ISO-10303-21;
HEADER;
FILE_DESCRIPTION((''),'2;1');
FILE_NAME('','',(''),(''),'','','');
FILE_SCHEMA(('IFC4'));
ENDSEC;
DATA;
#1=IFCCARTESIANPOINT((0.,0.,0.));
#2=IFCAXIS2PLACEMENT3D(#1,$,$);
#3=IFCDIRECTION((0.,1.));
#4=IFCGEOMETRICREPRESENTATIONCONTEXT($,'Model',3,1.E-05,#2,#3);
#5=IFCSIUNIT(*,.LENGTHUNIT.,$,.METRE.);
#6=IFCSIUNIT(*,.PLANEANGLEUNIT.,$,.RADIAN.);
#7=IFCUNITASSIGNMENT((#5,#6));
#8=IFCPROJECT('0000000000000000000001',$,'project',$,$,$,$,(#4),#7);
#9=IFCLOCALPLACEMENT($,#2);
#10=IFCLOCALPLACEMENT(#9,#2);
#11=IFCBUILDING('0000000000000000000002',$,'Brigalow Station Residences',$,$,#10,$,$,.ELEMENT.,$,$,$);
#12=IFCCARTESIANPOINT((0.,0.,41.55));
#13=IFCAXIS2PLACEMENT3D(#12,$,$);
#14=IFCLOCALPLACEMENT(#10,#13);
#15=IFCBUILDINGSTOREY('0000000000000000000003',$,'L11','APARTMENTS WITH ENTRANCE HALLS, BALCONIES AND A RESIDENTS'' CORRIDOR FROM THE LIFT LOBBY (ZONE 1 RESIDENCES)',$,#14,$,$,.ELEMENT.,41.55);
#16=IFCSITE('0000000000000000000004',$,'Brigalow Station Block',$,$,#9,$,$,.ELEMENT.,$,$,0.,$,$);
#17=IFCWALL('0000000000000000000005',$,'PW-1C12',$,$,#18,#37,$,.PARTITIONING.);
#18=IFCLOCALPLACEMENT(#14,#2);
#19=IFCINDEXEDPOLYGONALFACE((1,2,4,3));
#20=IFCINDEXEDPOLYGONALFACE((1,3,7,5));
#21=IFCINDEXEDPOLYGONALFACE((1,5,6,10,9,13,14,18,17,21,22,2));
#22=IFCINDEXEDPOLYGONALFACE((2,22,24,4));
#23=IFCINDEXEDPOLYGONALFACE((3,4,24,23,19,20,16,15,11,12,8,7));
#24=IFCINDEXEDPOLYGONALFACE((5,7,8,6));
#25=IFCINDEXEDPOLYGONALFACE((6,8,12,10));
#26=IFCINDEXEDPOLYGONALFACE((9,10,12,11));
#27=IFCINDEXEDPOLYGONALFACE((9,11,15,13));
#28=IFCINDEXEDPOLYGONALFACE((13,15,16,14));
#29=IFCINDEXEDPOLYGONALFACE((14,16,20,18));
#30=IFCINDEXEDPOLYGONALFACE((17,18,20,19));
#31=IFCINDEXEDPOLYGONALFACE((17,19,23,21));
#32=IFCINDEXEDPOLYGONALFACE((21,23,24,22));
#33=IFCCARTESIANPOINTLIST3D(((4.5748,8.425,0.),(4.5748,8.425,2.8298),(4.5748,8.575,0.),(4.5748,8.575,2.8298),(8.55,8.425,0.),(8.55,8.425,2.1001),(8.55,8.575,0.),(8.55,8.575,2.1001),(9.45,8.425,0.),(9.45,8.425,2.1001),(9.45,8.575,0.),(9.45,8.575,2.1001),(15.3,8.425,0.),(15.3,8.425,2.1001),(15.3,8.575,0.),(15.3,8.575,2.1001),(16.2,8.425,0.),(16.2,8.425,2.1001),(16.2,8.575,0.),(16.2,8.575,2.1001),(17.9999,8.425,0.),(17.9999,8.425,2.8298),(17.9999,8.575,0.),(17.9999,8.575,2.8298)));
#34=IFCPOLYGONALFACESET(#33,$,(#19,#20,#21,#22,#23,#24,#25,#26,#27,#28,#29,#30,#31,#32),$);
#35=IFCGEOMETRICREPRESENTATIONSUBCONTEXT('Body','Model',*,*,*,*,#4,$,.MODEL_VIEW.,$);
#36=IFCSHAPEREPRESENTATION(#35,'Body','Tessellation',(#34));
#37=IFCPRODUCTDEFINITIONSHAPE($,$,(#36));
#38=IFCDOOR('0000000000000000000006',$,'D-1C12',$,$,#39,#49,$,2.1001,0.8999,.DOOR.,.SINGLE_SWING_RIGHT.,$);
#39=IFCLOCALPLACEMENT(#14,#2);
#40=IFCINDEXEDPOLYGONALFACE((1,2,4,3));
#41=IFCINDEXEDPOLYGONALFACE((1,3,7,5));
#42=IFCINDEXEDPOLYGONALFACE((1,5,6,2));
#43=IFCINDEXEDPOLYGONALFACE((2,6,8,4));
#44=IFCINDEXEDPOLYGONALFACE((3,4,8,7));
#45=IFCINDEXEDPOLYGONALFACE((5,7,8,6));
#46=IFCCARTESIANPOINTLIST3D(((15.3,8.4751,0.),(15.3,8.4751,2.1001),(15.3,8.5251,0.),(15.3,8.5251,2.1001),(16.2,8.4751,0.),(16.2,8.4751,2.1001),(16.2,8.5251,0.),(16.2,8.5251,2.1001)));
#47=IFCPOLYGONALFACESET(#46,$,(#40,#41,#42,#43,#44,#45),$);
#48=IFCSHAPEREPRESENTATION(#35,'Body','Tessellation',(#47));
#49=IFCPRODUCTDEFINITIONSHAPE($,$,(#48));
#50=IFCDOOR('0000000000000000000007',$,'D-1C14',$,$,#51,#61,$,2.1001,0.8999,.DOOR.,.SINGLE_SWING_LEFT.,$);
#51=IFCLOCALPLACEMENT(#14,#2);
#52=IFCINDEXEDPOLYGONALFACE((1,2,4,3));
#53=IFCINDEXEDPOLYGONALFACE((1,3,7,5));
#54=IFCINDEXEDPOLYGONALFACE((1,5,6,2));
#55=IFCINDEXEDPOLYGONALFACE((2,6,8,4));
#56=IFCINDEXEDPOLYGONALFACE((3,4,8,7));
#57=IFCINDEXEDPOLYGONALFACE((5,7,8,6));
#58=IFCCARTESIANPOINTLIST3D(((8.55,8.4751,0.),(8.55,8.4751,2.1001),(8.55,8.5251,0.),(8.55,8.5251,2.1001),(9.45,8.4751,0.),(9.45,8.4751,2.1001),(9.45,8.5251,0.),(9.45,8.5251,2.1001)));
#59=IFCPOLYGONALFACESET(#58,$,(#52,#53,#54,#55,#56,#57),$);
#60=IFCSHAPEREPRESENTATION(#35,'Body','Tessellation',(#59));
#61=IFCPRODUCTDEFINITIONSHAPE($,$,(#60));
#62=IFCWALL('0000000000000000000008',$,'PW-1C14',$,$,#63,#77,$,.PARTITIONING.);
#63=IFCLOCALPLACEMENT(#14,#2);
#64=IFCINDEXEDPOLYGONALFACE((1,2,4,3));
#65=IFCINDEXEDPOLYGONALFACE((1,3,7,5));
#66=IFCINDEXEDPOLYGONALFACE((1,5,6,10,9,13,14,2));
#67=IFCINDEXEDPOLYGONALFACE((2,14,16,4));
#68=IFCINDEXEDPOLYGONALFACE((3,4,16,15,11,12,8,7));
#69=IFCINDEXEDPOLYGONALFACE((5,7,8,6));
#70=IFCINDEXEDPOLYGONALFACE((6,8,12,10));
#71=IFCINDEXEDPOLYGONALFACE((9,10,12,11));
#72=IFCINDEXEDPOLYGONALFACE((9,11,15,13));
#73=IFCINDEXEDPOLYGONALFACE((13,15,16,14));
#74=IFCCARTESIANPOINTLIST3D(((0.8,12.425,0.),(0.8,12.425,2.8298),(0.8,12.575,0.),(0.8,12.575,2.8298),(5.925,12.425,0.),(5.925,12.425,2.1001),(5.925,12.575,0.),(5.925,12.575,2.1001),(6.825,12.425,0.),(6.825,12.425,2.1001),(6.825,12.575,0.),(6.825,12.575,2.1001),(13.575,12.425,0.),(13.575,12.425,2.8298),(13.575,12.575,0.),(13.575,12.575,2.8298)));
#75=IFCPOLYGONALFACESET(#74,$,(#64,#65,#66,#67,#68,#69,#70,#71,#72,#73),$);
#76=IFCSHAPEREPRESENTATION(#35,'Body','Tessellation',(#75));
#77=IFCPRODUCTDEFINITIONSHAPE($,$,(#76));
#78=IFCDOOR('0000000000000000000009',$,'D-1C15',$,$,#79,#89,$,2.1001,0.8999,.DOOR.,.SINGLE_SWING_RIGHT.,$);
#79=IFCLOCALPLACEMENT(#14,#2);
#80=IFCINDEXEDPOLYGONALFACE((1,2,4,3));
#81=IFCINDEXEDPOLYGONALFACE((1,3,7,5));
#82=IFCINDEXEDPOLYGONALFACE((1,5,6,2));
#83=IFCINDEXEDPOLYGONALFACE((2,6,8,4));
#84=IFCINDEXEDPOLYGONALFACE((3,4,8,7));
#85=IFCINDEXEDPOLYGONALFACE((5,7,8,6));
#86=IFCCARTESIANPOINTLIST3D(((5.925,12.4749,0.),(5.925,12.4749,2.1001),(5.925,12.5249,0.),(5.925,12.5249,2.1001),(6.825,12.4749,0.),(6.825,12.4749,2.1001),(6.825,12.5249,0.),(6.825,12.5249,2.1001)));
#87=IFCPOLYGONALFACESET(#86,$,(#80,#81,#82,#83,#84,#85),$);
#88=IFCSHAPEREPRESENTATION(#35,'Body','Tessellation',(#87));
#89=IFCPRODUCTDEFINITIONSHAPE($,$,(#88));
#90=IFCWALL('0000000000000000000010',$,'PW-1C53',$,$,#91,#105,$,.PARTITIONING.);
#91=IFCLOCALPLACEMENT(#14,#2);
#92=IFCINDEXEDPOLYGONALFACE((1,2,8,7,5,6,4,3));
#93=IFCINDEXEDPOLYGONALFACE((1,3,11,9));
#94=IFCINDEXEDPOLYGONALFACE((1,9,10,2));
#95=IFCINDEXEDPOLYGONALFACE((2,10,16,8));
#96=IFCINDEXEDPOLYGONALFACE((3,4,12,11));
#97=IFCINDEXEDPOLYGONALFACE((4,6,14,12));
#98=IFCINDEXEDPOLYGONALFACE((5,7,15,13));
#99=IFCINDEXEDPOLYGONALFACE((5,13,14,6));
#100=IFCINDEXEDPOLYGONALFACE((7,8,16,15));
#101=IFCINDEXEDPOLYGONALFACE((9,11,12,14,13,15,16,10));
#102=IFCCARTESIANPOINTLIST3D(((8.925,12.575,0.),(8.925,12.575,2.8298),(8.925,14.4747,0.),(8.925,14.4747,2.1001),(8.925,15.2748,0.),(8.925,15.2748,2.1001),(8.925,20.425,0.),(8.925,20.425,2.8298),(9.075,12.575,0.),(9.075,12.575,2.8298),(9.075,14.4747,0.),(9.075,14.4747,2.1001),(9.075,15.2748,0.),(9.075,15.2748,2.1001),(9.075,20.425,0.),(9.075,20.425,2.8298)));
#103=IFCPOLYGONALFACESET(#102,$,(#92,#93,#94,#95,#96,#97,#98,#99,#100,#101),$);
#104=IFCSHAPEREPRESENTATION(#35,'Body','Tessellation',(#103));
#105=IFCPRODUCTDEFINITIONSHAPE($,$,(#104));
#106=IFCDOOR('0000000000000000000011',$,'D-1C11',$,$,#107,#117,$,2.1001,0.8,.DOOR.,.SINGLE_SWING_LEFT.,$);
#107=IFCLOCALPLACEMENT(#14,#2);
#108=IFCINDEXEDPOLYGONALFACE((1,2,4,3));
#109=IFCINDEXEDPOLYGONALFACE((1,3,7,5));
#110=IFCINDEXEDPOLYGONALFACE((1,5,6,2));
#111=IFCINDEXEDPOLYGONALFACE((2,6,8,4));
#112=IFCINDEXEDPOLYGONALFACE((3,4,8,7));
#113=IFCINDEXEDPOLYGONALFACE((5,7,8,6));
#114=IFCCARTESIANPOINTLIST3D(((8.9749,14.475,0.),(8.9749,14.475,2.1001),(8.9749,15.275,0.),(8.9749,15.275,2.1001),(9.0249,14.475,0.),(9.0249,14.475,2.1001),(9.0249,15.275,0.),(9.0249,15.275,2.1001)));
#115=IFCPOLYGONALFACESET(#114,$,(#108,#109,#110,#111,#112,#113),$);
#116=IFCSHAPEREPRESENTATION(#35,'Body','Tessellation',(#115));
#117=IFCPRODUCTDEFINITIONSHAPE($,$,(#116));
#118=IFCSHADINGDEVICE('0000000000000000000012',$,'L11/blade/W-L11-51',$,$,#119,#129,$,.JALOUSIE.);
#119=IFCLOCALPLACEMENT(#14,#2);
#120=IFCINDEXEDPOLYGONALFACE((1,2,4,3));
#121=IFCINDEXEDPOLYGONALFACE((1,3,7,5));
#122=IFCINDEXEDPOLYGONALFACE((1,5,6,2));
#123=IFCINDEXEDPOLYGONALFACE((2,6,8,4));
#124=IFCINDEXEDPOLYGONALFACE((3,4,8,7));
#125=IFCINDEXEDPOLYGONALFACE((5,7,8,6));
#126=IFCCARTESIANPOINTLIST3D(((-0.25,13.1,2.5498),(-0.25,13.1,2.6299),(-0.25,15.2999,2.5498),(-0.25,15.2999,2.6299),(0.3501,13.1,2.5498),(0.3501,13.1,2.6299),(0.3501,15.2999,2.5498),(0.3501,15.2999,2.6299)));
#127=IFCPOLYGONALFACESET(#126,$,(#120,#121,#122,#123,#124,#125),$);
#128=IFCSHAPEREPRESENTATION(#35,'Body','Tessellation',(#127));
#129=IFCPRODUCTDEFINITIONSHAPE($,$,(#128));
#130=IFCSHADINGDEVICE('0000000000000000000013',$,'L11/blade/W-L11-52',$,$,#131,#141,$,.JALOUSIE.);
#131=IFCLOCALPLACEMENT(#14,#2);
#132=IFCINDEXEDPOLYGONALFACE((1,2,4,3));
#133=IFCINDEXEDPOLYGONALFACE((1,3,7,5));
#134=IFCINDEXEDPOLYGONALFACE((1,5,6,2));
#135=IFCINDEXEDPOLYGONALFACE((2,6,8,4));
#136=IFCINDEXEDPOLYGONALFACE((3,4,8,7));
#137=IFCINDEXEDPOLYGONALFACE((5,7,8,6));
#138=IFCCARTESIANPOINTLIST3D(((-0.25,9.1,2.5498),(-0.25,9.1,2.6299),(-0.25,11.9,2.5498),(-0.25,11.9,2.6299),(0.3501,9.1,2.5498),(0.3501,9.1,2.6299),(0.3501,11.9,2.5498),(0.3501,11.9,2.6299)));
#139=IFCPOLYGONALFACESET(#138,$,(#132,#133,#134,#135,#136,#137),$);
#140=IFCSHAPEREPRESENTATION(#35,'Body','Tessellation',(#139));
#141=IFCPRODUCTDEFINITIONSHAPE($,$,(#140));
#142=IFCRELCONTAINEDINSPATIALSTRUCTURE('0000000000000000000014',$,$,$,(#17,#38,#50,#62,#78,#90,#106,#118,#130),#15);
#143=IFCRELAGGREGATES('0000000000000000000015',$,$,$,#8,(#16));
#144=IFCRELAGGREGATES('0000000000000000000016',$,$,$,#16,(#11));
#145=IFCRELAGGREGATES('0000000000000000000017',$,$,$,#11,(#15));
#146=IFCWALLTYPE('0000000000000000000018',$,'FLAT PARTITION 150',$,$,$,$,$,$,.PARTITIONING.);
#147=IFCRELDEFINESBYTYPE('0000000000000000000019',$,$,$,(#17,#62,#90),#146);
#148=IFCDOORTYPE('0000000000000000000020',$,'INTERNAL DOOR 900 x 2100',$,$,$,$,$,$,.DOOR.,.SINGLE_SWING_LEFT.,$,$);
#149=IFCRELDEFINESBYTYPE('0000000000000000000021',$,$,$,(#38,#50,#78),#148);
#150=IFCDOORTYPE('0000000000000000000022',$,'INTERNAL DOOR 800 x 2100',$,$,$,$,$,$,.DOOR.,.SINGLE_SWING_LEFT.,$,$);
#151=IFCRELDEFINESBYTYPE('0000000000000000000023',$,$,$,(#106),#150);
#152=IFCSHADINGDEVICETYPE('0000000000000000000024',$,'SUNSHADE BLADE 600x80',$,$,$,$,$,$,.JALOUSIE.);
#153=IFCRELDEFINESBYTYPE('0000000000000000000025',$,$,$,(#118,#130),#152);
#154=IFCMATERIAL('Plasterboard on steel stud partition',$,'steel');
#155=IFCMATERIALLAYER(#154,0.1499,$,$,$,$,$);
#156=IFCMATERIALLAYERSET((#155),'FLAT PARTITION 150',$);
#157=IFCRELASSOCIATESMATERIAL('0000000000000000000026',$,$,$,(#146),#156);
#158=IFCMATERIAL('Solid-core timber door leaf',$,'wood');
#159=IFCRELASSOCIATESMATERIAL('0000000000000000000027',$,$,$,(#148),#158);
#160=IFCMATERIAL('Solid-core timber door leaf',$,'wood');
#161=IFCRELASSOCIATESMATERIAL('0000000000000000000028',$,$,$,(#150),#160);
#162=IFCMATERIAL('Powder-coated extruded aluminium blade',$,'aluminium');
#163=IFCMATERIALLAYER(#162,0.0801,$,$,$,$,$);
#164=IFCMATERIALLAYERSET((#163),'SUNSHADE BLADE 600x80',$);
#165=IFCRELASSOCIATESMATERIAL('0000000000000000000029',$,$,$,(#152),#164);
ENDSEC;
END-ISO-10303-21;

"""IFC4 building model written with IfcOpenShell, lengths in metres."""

from ifc_helpers import new_model, si_unit, direction, frame, frame_2d, origin, origin_2d, place, context, subcontext, project, spatial, rectangle, extrude, material, layer, layer_set, type_object, element, fill, save


model = new_model("IFC4")

# Units and contexts
model_context = context("Model", 3, precision=1e-05, world=origin(), true_north=direction((0.0, 1.0)))
body_context = subcontext(model_context, "Body", "Model", "MODEL_VIEW")
ifc_project = project(units=[si_unit("LENGTHUNIT", "METRE"), si_unit("PLANEANGLEUNIT", "RADIAN")], contexts=[model_context])

# Site, building, storey
site_placement = place(None, origin())
site = spatial("IfcSite", under=ifc_project, at=site_placement, Name="Brigalow Station Block", CompositionType="ELEMENT", RefElevation=0.0)
building_placement = place(site_placement, origin())
building = spatial("IfcBuilding", under=site, at=building_placement, Name="Brigalow Station Residences", CompositionType="ELEMENT")
storey_placement = place(building_placement, frame((0.0, 0.0, 41.55)))
storey = spatial("IfcBuildingStorey", under=building, at=storey_placement, Name="L11", Description="APARTMENTS WITH ENTRANCE HALLS, BALCONIES AND A RESIDENTS' CORRIDOR FROM THE LIFT LOBBY (ZONE 1 RESIDENCES)", CompositionType="ELEMENT", Elevation=41.55)

# Wall, openings, doors
ifc_material_1 = material(Name="Plasterboard on steel stud partition", Category="steel")
ifc_layer_1 = layer(ifc_material_1, 0.1499)
ifc_layer_set_1 = layer_set([ifc_layer_1], Name="FLAT PARTITION 150")
wall_type_1 = type_object("IfcWallType", Name="FLAT PARTITION 150", PredefinedType="PARTITIONING", material=ifc_layer_set_1)
wall_1_placement = place(storey_placement, frame((4.575, 8.5, 0.0), z_axis=(0.0, 0.0, 1.0), x_axis=(1.0, 0.0, 0.0)))
wall_1 = element("IfcWall", 1, at=wall_1_placement, inside=storey, type_object=wall_type_1, Name="PW-1C12", PredefinedType="PARTITIONING", context=body_context, shape_type="SweptSolid", body=[
    extrude(rectangle(XDim=13.425, YDim=0.1499, at=frame_2d((6.7124, 0.0))), origin(), (0.0, 0.0, 1.0), 2.8298),
])
opening_1_placement = place(wall_1_placement, frame((10.7251, 0.0, 0.0)))
opening_1 = element("IfcOpeningElement", 2, at=opening_1_placement, cuts=wall_1, PredefinedType="OPENING", context=body_context, shape_type="SweptSolid", body=[
    extrude(rectangle(XDim=0.8999, YDim=2.1001, at=frame_2d((0.45, 1.05))), frame((0.0, 0.085, 0.0), z_axis=(0.0, -1.0, 0.0), x_axis=(1.0, 0.0, 0.0)), (0.0, 0.0, 1.0), 0.1699),
])
opening_2_placement = place(wall_1_placement, frame((3.9751, 0.0, 0.0)))
opening_2 = element("IfcOpeningElement", 3, at=opening_2_placement, cuts=wall_1, PredefinedType="OPENING", context=body_context, shape_type="SweptSolid", body=[
    extrude(rectangle(XDim=0.8999, YDim=2.1001, at=frame_2d((0.45, 1.05))), frame((0.0, 0.085, 0.0), z_axis=(0.0, -1.0, 0.0), x_axis=(1.0, 0.0, 0.0)), (0.0, 0.0, 1.0), 0.1699),
])
ifc_material_2 = material(Name="Solid-core timber door leaf", Category="wood")
door_type_1 = type_object("IfcDoorType", Name="INTERNAL DOOR 900 x 2100", OperationType="SINGLE_SWING_LEFT", PredefinedType="DOOR", material=ifc_material_2)
door_1_placement = place(opening_1_placement, frame((0.8999, 0.0, 0.0), z_axis=(0.0, 0.0, 1.0), x_axis=(-1.0, 0.0, 0.0)))
door_1 = element("IfcDoor", 4, at=door_1_placement, inside=storey, type_object=door_type_1, Name="D-1C12", OperationType="SINGLE_SWING_RIGHT", OverallHeight=2.1001, OverallWidth=0.8999, PredefinedType="DOOR", context=body_context, shape_type="SweptSolid", body=[
    extrude(rectangle(XDim=0.8999, YDim=2.1001, at=frame_2d((0.45, 1.05))), frame((0.0, 0.0249, 0.0), z_axis=(0.0, -1.0, 0.0), x_axis=(1.0, 0.0, 0.0)), (0.0, 0.0, 1.0), 0.05),
])
fill(opening_1, door_1)
door_2_placement = place(opening_2_placement, frame((0.8999, 0.0, 0.0), z_axis=(0.0, 0.0, 1.0), x_axis=(-1.0, 0.0, 0.0)))
door_2 = element("IfcDoor", 5, at=door_2_placement, inside=storey, type_object=door_type_1, Name="D-1C14", OperationType="SINGLE_SWING_LEFT", OverallHeight=2.1001, OverallWidth=0.8999, PredefinedType="DOOR", context=body_context, shape_type="SweptSolid", body=[
    extrude(rectangle(XDim=0.8999, YDim=2.1001, at=frame_2d((0.45, 1.05))), frame((0.0, 0.0249, 0.0), z_axis=(0.0, -1.0, 0.0), x_axis=(1.0, 0.0, 0.0)), (0.0, 0.0, 1.0), 0.05),
])
fill(opening_2, door_2)

# Walls, openings, doors
wall_2_placement = place(storey_placement, frame((0.8, 12.5, 0.0), z_axis=(0.0, 0.0, 1.0), x_axis=(1.0, 0.0, 0.0)))
wall_2 = element("IfcWall", 6, at=wall_2_placement, inside=storey, type_object=wall_type_1, Name="PW-1C14", PredefinedType="PARTITIONING", context=body_context, shape_type="SweptSolid", body=[
    extrude(rectangle(XDim=12.7749, YDim=0.1499, at=frame_2d((6.3875, 0.0))), origin(), (0.0, 0.0, 1.0), 2.8298),
])
opening_3_placement = place(wall_2_placement, frame((5.125, 0.0, 0.0)))
opening_3 = element("IfcOpeningElement", 7, at=opening_3_placement, cuts=wall_2, PredefinedType="OPENING", context=body_context, shape_type="SweptSolid", body=[
    extrude(rectangle(XDim=0.8999, YDim=2.1001, at=frame_2d((0.45, 1.05))), frame((0.0, 0.085, 0.0), z_axis=(0.0, -1.0, 0.0), x_axis=(1.0, 0.0, 0.0)), (0.0, 0.0, 1.0), 0.1699),
])
door_3_placement = place(opening_3_placement, origin())
door_3 = element("IfcDoor", 8, at=door_3_placement, inside=storey, type_object=door_type_1, Name="D-1C15", OperationType="SINGLE_SWING_RIGHT", OverallHeight=2.1001, OverallWidth=0.8999, PredefinedType="DOOR", context=body_context, shape_type="SweptSolid", body=[
    extrude(rectangle(XDim=0.8999, YDim=2.1001, at=frame_2d((0.45, 1.05))), frame((0.0, 0.0249, 0.0), z_axis=(0.0, -1.0, 0.0), x_axis=(1.0, 0.0, 0.0)), (0.0, 0.0, 1.0), 0.05),
])
fill(opening_3, door_3)
wall_3_placement = place(storey_placement, frame((9.0, 12.575, 0.0), z_axis=(0.0, 0.0, 1.0), x_axis=(0.0, 1.0, 0.0)))
wall_3 = element("IfcWall", 9, at=wall_3_placement, inside=storey, type_object=wall_type_1, Name="PW-1C53", PredefinedType="PARTITIONING", context=body_context, shape_type="SweptSolid", body=[
    extrude(rectangle(XDim=7.8501, YDim=0.1499, at=frame_2d((3.925, 0.0))), origin(), (0.0, 0.0, 1.0), 2.8298),
])
opening_4_placement = place(wall_3_placement, frame((1.8999, 0.0, 0.0)))
opening_4 = element("IfcOpeningElement", 10, at=opening_4_placement, cuts=wall_3, PredefinedType="OPENING", context=body_context, shape_type="SweptSolid", body=[
    extrude(rectangle(XDim=0.8, YDim=2.1001, at=frame_2d((0.3999, 1.05))), frame((0.0, 0.085, 0.0), z_axis=(0.0, -1.0, 0.0), x_axis=(1.0, 0.0, 0.0)), (0.0, 0.0, 1.0), 0.1699),
])
ifc_material_3 = material(Name="Solid-core timber door leaf", Category="wood")
door_type_2 = type_object("IfcDoorType", Name="INTERNAL DOOR 800 x 2100", OperationType="SINGLE_SWING_LEFT", PredefinedType="DOOR", material=ifc_material_3)
door_4_placement = place(opening_4_placement, frame((0.8, 0.0, 0.0), z_axis=(0.0, 0.0, 1.0), x_axis=(-1.0, 0.0, 0.0)))
door_4 = element("IfcDoor", 11, at=door_4_placement, inside=storey, type_object=door_type_2, Name="D-1C11", OperationType="SINGLE_SWING_LEFT", OverallHeight=2.1001, OverallWidth=0.8, PredefinedType="DOOR", context=body_context, shape_type="SweptSolid", body=[
    extrude(rectangle(XDim=0.8, YDim=2.1001, at=frame_2d((0.3999, 1.05))), frame((0.0, 0.0249, 0.0), z_axis=(0.0, -1.0, 0.0), x_axis=(1.0, 0.0, 0.0)), (0.0, 0.0, 1.0), 0.05),
])
fill(opening_4, door_4)

# Shading devices
ifc_material_4 = material(Name="Powder-coated extruded aluminium blade", Category="aluminium")
ifc_layer_2 = layer(ifc_material_4, 0.0801)
ifc_layer_set_2 = layer_set([ifc_layer_2], Name="SUNSHADE BLADE 600x80")
shading_device_type = type_object("IfcShadingDeviceType", Name="SUNSHADE BLADE 600x80", PredefinedType="JALOUSIE", material=ifc_layer_set_2)
shading_device_1_placement = place(storey_placement, frame((0.05, 14.2, 2.5498), z_axis=(0.0, 0.0, 1.0), x_axis=(0.0, -1.0, 0.0)))
element("IfcShadingDevice", 12, at=shading_device_1_placement, inside=storey, type_object=shading_device_type, Name="L11/blade/W-L11-51", PredefinedType="JALOUSIE", context=body_context, shape_type="SweptSolid", body=[
    extrude(rectangle(XDim=2.2, YDim=0.6001, at=origin_2d()), origin(), (0.0, 0.0, 1.0), 0.0801),
])
shading_device_2_placement = place(storey_placement, frame((0.05, 10.5, 2.5498), z_axis=(0.0, 0.0, 1.0), x_axis=(0.0, -1.0, 0.0)))
element("IfcShadingDevice", 13, at=shading_device_2_placement, inside=storey, type_object=shading_device_type, Name="L11/blade/W-L11-52", PredefinedType="JALOUSIE", context=body_context, shape_type="SweptSolid", body=[
    extrude(rectangle(XDim=2.8, YDim=0.6001, at=origin_2d()), origin(), (0.0, 0.0, 1.0), 0.0801),
])

save(model, "model.ifc")
